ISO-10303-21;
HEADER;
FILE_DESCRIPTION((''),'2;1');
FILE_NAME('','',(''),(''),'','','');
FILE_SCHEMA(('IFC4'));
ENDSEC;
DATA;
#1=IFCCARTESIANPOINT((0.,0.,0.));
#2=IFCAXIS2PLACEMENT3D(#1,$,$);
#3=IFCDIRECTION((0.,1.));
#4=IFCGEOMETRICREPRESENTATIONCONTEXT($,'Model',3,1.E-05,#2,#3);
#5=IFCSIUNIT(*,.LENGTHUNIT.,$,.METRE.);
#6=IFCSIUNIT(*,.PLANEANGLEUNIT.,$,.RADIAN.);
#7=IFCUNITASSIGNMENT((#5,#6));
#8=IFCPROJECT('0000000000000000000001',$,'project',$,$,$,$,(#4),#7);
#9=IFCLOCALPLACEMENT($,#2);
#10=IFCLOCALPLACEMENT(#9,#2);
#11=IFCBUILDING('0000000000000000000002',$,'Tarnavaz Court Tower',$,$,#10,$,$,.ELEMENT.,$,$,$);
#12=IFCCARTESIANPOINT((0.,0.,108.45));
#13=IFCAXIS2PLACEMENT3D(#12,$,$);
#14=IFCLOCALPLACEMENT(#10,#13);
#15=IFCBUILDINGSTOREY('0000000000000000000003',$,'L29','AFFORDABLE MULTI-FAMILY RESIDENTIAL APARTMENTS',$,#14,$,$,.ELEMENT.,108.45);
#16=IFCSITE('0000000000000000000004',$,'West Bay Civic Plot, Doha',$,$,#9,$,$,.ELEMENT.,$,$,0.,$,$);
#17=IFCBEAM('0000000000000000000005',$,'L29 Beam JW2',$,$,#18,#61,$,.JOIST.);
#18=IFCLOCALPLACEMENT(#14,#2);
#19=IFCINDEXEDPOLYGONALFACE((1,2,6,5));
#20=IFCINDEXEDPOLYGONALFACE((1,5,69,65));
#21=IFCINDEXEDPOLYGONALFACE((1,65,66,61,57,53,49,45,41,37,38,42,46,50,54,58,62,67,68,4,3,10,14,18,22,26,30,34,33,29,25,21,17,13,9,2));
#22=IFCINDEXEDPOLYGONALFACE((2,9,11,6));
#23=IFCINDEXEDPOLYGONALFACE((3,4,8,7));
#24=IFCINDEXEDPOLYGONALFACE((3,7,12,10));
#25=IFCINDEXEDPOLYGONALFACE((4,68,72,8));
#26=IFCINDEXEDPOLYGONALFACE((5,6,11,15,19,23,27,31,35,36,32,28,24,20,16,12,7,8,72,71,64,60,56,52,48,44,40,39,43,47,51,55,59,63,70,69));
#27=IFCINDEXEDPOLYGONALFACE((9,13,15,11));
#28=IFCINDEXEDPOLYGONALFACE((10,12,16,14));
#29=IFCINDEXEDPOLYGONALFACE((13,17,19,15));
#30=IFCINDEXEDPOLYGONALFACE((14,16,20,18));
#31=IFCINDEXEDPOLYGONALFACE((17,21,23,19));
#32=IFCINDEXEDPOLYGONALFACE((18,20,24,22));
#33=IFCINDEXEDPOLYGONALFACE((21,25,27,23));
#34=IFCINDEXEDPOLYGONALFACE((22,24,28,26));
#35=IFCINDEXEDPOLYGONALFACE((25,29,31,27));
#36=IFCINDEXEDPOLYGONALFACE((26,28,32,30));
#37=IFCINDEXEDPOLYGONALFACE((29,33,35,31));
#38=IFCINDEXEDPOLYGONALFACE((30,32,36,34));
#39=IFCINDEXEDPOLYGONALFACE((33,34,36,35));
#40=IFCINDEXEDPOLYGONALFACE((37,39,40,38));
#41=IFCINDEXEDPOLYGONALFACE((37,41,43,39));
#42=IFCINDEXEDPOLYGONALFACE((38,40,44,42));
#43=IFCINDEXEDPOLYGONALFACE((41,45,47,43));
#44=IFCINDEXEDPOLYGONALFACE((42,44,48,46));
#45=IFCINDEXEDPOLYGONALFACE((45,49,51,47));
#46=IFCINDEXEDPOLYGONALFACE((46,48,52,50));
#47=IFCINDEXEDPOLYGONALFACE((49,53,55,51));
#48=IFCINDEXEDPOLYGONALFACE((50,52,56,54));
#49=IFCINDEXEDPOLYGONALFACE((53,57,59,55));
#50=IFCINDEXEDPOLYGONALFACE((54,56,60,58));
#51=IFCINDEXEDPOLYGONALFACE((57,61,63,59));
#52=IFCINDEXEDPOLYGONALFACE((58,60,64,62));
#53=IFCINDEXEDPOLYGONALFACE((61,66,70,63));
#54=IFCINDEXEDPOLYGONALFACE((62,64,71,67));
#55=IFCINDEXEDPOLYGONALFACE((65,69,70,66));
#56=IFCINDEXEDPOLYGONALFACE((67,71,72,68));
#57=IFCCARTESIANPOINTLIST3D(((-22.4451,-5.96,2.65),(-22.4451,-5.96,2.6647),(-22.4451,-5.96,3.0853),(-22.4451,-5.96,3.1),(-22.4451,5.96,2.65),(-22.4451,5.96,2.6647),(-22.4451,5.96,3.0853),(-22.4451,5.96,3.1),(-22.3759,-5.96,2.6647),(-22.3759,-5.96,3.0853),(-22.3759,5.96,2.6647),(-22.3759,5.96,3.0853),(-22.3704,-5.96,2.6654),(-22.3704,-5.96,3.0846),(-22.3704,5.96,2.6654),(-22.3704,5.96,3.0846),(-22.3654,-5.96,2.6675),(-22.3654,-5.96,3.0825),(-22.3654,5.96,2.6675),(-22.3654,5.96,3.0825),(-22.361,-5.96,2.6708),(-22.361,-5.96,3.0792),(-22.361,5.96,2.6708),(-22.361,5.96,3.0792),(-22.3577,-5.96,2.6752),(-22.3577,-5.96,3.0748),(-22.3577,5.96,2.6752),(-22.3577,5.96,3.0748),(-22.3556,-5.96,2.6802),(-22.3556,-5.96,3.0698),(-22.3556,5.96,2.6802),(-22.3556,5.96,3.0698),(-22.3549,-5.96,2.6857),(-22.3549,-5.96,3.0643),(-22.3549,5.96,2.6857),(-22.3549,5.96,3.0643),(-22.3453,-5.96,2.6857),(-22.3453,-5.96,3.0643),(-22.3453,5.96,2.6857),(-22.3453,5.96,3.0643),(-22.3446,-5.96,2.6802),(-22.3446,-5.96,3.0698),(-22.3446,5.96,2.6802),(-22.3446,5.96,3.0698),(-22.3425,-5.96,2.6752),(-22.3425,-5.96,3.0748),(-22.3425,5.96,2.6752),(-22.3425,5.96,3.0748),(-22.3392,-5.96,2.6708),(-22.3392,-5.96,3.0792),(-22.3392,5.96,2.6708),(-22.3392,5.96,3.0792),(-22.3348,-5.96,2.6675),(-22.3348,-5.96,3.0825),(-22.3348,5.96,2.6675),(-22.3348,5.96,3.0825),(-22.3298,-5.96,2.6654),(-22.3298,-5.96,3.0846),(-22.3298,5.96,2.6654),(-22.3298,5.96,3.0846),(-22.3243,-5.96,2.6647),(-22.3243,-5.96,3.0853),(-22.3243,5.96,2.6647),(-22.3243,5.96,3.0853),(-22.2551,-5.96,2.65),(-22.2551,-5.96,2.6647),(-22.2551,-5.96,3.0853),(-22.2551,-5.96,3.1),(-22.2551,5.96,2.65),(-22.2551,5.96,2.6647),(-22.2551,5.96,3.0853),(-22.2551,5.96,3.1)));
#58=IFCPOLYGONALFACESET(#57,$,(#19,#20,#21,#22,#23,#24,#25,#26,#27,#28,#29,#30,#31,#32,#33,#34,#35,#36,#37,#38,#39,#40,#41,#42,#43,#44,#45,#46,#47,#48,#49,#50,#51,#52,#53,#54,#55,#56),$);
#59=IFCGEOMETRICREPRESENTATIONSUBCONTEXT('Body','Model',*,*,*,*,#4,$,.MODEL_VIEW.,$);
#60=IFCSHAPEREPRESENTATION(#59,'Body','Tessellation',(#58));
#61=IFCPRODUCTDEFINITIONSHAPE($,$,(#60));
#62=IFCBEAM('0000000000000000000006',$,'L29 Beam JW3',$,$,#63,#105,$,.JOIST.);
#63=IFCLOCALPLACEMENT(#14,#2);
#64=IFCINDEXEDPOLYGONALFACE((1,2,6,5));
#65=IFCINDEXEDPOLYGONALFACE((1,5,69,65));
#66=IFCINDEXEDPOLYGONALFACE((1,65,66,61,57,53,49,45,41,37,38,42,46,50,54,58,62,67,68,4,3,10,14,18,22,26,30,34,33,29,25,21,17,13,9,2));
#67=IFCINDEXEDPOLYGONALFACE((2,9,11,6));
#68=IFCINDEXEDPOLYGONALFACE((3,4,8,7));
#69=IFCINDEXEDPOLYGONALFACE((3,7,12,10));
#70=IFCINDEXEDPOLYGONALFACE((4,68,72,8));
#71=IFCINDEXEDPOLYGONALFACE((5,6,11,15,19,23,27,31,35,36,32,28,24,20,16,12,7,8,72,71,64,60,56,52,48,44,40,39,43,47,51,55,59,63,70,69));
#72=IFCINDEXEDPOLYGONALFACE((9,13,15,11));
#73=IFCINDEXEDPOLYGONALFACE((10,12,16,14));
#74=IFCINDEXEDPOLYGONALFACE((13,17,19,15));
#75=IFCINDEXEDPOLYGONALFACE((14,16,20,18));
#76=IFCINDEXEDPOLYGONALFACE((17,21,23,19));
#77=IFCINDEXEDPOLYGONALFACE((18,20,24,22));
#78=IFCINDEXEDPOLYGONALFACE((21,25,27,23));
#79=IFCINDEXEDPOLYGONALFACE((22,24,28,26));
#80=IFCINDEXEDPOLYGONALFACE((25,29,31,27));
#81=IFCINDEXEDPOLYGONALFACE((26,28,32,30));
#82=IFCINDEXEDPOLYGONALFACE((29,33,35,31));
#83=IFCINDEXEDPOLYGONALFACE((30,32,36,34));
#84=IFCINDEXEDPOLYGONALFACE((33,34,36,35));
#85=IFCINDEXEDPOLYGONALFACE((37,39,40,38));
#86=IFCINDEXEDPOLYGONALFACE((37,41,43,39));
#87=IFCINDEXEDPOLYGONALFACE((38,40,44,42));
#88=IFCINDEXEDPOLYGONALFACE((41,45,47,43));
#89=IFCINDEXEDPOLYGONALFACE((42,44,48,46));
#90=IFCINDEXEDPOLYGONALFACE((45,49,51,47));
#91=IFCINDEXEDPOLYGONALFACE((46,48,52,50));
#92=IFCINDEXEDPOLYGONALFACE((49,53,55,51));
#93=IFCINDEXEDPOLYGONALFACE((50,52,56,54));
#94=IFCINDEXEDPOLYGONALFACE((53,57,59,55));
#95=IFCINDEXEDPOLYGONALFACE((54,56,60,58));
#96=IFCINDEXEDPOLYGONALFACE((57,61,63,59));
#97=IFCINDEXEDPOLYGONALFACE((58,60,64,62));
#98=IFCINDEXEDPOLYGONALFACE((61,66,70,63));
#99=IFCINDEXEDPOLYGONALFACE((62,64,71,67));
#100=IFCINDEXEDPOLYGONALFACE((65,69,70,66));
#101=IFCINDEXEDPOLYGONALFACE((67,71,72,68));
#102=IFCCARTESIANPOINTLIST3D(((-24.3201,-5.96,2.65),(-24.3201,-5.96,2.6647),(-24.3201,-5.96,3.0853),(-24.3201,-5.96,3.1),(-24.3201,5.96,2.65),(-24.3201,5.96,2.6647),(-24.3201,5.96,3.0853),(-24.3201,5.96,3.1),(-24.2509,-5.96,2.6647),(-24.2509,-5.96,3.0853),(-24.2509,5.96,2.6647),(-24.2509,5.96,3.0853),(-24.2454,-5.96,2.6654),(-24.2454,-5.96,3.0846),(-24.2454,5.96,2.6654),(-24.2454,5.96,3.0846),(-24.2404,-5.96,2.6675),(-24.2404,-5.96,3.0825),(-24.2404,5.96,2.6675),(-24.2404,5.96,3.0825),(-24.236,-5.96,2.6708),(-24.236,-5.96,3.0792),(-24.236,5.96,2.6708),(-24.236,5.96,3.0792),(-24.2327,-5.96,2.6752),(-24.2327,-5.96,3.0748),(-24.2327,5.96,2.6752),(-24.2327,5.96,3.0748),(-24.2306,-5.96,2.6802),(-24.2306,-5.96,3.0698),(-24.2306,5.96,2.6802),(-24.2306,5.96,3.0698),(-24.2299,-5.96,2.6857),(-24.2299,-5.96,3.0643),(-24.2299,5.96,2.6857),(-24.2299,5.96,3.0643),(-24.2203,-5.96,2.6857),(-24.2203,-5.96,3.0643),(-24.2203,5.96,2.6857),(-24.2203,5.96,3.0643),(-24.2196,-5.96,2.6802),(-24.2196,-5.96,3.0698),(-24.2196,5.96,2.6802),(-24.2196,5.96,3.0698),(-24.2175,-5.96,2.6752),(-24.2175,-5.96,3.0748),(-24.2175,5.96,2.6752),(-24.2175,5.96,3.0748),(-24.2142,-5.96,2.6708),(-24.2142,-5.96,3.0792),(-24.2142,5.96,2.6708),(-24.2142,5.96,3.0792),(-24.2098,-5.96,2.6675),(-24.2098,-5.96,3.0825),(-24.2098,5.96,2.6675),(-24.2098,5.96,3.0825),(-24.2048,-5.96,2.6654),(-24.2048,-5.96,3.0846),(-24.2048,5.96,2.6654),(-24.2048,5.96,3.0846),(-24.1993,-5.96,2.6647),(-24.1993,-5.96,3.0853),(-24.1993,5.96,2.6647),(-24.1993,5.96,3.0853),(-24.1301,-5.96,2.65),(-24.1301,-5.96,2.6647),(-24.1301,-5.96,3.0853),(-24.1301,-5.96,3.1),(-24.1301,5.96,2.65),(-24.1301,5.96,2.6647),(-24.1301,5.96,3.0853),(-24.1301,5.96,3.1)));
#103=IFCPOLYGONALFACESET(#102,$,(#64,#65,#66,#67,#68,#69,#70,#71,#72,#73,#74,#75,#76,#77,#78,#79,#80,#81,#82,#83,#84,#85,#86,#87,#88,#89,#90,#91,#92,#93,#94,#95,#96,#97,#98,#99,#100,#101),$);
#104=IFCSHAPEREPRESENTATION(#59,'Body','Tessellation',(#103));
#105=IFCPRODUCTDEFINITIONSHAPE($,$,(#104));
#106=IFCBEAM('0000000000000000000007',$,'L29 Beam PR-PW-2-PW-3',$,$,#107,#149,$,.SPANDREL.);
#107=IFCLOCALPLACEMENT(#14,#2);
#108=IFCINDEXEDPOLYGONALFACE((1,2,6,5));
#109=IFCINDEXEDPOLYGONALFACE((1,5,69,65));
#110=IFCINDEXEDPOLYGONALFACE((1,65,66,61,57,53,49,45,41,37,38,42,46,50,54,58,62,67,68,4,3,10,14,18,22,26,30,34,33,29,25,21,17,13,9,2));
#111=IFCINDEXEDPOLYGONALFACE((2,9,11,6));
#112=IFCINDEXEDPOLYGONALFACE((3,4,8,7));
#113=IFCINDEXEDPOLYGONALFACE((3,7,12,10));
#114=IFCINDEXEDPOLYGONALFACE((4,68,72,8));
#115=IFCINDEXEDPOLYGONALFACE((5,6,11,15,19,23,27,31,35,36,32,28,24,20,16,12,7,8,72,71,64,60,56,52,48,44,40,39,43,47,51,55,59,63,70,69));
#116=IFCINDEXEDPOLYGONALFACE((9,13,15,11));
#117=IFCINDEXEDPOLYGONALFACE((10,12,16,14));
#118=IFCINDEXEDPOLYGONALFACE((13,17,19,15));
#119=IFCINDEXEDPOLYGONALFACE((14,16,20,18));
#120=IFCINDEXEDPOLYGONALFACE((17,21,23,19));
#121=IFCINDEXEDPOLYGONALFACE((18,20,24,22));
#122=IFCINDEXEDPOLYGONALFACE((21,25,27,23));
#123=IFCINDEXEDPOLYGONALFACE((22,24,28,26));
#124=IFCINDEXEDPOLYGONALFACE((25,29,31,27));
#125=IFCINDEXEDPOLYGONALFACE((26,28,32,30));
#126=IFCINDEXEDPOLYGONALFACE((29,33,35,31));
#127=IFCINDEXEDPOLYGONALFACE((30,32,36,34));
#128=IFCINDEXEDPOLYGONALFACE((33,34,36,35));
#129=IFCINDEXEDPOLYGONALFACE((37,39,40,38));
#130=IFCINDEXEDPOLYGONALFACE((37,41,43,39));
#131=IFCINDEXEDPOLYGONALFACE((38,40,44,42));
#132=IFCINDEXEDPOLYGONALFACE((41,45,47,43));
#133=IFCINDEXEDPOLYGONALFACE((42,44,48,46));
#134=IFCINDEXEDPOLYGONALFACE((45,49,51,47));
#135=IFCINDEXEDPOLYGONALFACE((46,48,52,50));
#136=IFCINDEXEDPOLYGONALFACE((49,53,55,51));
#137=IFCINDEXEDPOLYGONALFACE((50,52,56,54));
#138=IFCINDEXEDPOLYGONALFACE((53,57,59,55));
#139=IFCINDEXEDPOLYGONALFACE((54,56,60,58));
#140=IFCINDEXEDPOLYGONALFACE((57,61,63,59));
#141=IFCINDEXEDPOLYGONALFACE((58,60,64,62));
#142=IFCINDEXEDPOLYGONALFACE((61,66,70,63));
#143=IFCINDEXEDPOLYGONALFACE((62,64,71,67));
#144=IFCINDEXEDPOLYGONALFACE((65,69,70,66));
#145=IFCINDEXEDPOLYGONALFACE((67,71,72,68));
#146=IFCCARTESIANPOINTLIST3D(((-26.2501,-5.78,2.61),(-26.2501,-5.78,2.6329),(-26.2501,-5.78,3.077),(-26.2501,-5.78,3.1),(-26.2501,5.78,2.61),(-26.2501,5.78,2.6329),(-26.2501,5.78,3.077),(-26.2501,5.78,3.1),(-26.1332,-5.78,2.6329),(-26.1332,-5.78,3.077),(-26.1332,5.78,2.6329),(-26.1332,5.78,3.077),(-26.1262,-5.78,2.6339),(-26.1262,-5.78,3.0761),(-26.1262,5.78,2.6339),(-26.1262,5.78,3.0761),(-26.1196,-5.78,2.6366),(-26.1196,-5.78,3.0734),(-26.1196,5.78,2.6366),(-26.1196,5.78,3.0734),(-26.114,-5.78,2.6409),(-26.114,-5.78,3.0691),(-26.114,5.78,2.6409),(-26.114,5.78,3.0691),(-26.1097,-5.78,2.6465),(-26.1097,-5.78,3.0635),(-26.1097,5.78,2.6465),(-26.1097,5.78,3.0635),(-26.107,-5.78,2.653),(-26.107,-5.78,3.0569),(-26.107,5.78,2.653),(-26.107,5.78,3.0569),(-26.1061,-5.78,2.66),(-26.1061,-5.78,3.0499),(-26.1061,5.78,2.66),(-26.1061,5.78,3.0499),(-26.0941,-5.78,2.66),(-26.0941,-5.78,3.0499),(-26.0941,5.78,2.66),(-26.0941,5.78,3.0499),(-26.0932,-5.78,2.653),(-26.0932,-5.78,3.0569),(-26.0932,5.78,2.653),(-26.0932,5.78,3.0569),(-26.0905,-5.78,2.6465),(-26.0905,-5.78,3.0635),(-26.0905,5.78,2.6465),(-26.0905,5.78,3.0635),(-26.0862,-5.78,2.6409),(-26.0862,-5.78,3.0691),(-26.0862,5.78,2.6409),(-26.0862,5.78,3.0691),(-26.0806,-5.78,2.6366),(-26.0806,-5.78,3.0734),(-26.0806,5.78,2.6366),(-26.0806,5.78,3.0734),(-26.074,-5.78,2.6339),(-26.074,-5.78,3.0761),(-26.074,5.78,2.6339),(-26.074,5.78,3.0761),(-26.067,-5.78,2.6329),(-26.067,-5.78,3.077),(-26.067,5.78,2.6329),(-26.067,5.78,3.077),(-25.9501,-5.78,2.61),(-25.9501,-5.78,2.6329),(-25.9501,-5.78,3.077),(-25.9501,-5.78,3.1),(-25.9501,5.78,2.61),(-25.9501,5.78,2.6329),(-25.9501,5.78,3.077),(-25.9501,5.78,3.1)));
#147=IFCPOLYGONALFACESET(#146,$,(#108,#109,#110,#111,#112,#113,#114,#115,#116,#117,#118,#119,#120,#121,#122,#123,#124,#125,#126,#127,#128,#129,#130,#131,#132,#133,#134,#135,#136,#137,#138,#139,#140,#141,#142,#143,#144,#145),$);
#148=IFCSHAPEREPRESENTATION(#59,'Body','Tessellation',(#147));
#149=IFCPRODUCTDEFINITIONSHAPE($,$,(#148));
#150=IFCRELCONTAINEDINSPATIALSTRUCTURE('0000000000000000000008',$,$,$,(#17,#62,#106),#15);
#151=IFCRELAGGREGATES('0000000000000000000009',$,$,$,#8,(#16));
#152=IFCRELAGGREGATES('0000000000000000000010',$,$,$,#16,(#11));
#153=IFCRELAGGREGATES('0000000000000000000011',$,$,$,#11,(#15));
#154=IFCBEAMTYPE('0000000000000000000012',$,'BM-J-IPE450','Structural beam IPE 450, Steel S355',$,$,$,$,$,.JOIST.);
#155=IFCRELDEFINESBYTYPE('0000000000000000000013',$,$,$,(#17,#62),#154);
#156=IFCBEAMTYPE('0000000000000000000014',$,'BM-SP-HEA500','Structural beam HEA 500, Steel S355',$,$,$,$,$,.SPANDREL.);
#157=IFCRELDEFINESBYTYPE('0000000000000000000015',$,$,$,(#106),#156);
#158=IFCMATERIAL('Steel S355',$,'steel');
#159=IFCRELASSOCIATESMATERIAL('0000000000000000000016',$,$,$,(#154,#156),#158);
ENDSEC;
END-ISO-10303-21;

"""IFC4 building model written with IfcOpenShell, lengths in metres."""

from ifc_helpers import new_model, si_unit, direction, frame, origin, origin_2d, place, context, subcontext, project, spatial, i_section, extrude, material, material_profile, profile_set, type_object, element, save


model = new_model("IFC4")

# Units and contexts
model_context = context("Model", 3, precision=1e-05, world=origin(), true_north=direction((0.0, 1.0)))
body_context = subcontext(model_context, "Body", "Model", "MODEL_VIEW")
ifc_project = project(units=[si_unit("LENGTHUNIT", "METRE"), si_unit("PLANEANGLEUNIT", "RADIAN")], contexts=[model_context])

# Site, building, storey
site_placement = place(None, origin())
site = spatial("IfcSite", under=ifc_project, at=site_placement, Name="West Bay Civic Plot, Doha", CompositionType="ELEMENT", RefElevation=0.0)
building_placement = place(site_placement, origin())
building = spatial("IfcBuilding", under=site, at=building_placement, Name="Tarnavaz Court Tower", CompositionType="ELEMENT")
storey_placement = place(building_placement, frame((0.0, 0.0, 108.45)))
storey = spatial("IfcBuildingStorey", under=building, at=storey_placement, Name="L29", Description="AFFORDABLE MULTI-FAMILY RESIDENTIAL APARTMENTS", CompositionType="ELEMENT", Elevation=108.45)

# Beams
ifc_material_1 = material(Name="Steel S355", Category="steel")
ifc_material_profile_1 = material_profile(ifc_material_1, i_section(OverallWidth=0.1899, OverallDepth=0.45, WebThickness=0.0095, FlangeThickness=0.0146, FilletRadius=0.021, at=origin_2d()), Name="IPE 450")
ifc_profile_set_1 = profile_set([ifc_material_profile_1], Name="Steel S355")
beam_type_1 = type_object("IfcBeamType", Name="BM-J-IPE450", Description="Structural beam IPE 450, Steel S355", PredefinedType="JOIST", material=ifc_profile_set_1)
for number, where, z_axis, x_axis, name in (
    (1, (-22.3501, -5.96, 2.875), (0.0, 1.0, 0.0), (-1.0, 0.0, 0.0), "L29 Beam JW2"),
    (2, (-24.2251, -5.96, 2.875), (0.0, 1.0, 0.0), (-1.0, 0.0, 0.0), "L29 Beam JW3"),
):
    element("IfcBeam", number, at=place(storey_placement, frame(where, z_axis=z_axis, x_axis=x_axis)), inside=storey, type_object=beam_type_1, Name=name, PredefinedType="JOIST", context=body_context, shape_type="SweptSolid", body=[
        extrude(i_section(OverallWidth=0.1899, OverallDepth=0.45, WebThickness=0.0095, FlangeThickness=0.0146, FilletRadius=0.021, at=origin_2d()), origin(), (0.0, 0.0, 1.0), 11.9199),
    ])
ifc_material_profile_2 = material_profile(ifc_material_1, i_section(OverallWidth=0.3, OverallDepth=0.49, WebThickness=0.012, FlangeThickness=0.0229, FilletRadius=0.0271, at=origin_2d()), Name="HEA 500")
ifc_profile_set_2 = profile_set([ifc_material_profile_2], Name="Steel S355")
beam_type_2 = type_object("IfcBeamType", Name="BM-SP-HEA500", Description="Structural beam HEA 500, Steel S355", PredefinedType="SPANDREL", material=ifc_profile_set_2)
beam_1_placement = place(storey_placement, frame((-26.1001, -5.78, 2.855), z_axis=(0.0, 1.0, 0.0), x_axis=(-1.0, 0.0, 0.0)))
element("IfcBeam", 3, at=beam_1_placement, inside=storey, type_object=beam_type_2, Name="L29 Beam PR-PW-2-PW-3", PredefinedType="SPANDREL", context=body_context, shape_type="SweptSolid", body=[
    extrude(i_section(OverallWidth=0.3, OverallDepth=0.49, WebThickness=0.012, FlangeThickness=0.0229, FilletRadius=0.0271, at=origin_2d()), origin(), (0.0, 0.0, 1.0), 11.5601),
])

save(model, "model.ifc")
